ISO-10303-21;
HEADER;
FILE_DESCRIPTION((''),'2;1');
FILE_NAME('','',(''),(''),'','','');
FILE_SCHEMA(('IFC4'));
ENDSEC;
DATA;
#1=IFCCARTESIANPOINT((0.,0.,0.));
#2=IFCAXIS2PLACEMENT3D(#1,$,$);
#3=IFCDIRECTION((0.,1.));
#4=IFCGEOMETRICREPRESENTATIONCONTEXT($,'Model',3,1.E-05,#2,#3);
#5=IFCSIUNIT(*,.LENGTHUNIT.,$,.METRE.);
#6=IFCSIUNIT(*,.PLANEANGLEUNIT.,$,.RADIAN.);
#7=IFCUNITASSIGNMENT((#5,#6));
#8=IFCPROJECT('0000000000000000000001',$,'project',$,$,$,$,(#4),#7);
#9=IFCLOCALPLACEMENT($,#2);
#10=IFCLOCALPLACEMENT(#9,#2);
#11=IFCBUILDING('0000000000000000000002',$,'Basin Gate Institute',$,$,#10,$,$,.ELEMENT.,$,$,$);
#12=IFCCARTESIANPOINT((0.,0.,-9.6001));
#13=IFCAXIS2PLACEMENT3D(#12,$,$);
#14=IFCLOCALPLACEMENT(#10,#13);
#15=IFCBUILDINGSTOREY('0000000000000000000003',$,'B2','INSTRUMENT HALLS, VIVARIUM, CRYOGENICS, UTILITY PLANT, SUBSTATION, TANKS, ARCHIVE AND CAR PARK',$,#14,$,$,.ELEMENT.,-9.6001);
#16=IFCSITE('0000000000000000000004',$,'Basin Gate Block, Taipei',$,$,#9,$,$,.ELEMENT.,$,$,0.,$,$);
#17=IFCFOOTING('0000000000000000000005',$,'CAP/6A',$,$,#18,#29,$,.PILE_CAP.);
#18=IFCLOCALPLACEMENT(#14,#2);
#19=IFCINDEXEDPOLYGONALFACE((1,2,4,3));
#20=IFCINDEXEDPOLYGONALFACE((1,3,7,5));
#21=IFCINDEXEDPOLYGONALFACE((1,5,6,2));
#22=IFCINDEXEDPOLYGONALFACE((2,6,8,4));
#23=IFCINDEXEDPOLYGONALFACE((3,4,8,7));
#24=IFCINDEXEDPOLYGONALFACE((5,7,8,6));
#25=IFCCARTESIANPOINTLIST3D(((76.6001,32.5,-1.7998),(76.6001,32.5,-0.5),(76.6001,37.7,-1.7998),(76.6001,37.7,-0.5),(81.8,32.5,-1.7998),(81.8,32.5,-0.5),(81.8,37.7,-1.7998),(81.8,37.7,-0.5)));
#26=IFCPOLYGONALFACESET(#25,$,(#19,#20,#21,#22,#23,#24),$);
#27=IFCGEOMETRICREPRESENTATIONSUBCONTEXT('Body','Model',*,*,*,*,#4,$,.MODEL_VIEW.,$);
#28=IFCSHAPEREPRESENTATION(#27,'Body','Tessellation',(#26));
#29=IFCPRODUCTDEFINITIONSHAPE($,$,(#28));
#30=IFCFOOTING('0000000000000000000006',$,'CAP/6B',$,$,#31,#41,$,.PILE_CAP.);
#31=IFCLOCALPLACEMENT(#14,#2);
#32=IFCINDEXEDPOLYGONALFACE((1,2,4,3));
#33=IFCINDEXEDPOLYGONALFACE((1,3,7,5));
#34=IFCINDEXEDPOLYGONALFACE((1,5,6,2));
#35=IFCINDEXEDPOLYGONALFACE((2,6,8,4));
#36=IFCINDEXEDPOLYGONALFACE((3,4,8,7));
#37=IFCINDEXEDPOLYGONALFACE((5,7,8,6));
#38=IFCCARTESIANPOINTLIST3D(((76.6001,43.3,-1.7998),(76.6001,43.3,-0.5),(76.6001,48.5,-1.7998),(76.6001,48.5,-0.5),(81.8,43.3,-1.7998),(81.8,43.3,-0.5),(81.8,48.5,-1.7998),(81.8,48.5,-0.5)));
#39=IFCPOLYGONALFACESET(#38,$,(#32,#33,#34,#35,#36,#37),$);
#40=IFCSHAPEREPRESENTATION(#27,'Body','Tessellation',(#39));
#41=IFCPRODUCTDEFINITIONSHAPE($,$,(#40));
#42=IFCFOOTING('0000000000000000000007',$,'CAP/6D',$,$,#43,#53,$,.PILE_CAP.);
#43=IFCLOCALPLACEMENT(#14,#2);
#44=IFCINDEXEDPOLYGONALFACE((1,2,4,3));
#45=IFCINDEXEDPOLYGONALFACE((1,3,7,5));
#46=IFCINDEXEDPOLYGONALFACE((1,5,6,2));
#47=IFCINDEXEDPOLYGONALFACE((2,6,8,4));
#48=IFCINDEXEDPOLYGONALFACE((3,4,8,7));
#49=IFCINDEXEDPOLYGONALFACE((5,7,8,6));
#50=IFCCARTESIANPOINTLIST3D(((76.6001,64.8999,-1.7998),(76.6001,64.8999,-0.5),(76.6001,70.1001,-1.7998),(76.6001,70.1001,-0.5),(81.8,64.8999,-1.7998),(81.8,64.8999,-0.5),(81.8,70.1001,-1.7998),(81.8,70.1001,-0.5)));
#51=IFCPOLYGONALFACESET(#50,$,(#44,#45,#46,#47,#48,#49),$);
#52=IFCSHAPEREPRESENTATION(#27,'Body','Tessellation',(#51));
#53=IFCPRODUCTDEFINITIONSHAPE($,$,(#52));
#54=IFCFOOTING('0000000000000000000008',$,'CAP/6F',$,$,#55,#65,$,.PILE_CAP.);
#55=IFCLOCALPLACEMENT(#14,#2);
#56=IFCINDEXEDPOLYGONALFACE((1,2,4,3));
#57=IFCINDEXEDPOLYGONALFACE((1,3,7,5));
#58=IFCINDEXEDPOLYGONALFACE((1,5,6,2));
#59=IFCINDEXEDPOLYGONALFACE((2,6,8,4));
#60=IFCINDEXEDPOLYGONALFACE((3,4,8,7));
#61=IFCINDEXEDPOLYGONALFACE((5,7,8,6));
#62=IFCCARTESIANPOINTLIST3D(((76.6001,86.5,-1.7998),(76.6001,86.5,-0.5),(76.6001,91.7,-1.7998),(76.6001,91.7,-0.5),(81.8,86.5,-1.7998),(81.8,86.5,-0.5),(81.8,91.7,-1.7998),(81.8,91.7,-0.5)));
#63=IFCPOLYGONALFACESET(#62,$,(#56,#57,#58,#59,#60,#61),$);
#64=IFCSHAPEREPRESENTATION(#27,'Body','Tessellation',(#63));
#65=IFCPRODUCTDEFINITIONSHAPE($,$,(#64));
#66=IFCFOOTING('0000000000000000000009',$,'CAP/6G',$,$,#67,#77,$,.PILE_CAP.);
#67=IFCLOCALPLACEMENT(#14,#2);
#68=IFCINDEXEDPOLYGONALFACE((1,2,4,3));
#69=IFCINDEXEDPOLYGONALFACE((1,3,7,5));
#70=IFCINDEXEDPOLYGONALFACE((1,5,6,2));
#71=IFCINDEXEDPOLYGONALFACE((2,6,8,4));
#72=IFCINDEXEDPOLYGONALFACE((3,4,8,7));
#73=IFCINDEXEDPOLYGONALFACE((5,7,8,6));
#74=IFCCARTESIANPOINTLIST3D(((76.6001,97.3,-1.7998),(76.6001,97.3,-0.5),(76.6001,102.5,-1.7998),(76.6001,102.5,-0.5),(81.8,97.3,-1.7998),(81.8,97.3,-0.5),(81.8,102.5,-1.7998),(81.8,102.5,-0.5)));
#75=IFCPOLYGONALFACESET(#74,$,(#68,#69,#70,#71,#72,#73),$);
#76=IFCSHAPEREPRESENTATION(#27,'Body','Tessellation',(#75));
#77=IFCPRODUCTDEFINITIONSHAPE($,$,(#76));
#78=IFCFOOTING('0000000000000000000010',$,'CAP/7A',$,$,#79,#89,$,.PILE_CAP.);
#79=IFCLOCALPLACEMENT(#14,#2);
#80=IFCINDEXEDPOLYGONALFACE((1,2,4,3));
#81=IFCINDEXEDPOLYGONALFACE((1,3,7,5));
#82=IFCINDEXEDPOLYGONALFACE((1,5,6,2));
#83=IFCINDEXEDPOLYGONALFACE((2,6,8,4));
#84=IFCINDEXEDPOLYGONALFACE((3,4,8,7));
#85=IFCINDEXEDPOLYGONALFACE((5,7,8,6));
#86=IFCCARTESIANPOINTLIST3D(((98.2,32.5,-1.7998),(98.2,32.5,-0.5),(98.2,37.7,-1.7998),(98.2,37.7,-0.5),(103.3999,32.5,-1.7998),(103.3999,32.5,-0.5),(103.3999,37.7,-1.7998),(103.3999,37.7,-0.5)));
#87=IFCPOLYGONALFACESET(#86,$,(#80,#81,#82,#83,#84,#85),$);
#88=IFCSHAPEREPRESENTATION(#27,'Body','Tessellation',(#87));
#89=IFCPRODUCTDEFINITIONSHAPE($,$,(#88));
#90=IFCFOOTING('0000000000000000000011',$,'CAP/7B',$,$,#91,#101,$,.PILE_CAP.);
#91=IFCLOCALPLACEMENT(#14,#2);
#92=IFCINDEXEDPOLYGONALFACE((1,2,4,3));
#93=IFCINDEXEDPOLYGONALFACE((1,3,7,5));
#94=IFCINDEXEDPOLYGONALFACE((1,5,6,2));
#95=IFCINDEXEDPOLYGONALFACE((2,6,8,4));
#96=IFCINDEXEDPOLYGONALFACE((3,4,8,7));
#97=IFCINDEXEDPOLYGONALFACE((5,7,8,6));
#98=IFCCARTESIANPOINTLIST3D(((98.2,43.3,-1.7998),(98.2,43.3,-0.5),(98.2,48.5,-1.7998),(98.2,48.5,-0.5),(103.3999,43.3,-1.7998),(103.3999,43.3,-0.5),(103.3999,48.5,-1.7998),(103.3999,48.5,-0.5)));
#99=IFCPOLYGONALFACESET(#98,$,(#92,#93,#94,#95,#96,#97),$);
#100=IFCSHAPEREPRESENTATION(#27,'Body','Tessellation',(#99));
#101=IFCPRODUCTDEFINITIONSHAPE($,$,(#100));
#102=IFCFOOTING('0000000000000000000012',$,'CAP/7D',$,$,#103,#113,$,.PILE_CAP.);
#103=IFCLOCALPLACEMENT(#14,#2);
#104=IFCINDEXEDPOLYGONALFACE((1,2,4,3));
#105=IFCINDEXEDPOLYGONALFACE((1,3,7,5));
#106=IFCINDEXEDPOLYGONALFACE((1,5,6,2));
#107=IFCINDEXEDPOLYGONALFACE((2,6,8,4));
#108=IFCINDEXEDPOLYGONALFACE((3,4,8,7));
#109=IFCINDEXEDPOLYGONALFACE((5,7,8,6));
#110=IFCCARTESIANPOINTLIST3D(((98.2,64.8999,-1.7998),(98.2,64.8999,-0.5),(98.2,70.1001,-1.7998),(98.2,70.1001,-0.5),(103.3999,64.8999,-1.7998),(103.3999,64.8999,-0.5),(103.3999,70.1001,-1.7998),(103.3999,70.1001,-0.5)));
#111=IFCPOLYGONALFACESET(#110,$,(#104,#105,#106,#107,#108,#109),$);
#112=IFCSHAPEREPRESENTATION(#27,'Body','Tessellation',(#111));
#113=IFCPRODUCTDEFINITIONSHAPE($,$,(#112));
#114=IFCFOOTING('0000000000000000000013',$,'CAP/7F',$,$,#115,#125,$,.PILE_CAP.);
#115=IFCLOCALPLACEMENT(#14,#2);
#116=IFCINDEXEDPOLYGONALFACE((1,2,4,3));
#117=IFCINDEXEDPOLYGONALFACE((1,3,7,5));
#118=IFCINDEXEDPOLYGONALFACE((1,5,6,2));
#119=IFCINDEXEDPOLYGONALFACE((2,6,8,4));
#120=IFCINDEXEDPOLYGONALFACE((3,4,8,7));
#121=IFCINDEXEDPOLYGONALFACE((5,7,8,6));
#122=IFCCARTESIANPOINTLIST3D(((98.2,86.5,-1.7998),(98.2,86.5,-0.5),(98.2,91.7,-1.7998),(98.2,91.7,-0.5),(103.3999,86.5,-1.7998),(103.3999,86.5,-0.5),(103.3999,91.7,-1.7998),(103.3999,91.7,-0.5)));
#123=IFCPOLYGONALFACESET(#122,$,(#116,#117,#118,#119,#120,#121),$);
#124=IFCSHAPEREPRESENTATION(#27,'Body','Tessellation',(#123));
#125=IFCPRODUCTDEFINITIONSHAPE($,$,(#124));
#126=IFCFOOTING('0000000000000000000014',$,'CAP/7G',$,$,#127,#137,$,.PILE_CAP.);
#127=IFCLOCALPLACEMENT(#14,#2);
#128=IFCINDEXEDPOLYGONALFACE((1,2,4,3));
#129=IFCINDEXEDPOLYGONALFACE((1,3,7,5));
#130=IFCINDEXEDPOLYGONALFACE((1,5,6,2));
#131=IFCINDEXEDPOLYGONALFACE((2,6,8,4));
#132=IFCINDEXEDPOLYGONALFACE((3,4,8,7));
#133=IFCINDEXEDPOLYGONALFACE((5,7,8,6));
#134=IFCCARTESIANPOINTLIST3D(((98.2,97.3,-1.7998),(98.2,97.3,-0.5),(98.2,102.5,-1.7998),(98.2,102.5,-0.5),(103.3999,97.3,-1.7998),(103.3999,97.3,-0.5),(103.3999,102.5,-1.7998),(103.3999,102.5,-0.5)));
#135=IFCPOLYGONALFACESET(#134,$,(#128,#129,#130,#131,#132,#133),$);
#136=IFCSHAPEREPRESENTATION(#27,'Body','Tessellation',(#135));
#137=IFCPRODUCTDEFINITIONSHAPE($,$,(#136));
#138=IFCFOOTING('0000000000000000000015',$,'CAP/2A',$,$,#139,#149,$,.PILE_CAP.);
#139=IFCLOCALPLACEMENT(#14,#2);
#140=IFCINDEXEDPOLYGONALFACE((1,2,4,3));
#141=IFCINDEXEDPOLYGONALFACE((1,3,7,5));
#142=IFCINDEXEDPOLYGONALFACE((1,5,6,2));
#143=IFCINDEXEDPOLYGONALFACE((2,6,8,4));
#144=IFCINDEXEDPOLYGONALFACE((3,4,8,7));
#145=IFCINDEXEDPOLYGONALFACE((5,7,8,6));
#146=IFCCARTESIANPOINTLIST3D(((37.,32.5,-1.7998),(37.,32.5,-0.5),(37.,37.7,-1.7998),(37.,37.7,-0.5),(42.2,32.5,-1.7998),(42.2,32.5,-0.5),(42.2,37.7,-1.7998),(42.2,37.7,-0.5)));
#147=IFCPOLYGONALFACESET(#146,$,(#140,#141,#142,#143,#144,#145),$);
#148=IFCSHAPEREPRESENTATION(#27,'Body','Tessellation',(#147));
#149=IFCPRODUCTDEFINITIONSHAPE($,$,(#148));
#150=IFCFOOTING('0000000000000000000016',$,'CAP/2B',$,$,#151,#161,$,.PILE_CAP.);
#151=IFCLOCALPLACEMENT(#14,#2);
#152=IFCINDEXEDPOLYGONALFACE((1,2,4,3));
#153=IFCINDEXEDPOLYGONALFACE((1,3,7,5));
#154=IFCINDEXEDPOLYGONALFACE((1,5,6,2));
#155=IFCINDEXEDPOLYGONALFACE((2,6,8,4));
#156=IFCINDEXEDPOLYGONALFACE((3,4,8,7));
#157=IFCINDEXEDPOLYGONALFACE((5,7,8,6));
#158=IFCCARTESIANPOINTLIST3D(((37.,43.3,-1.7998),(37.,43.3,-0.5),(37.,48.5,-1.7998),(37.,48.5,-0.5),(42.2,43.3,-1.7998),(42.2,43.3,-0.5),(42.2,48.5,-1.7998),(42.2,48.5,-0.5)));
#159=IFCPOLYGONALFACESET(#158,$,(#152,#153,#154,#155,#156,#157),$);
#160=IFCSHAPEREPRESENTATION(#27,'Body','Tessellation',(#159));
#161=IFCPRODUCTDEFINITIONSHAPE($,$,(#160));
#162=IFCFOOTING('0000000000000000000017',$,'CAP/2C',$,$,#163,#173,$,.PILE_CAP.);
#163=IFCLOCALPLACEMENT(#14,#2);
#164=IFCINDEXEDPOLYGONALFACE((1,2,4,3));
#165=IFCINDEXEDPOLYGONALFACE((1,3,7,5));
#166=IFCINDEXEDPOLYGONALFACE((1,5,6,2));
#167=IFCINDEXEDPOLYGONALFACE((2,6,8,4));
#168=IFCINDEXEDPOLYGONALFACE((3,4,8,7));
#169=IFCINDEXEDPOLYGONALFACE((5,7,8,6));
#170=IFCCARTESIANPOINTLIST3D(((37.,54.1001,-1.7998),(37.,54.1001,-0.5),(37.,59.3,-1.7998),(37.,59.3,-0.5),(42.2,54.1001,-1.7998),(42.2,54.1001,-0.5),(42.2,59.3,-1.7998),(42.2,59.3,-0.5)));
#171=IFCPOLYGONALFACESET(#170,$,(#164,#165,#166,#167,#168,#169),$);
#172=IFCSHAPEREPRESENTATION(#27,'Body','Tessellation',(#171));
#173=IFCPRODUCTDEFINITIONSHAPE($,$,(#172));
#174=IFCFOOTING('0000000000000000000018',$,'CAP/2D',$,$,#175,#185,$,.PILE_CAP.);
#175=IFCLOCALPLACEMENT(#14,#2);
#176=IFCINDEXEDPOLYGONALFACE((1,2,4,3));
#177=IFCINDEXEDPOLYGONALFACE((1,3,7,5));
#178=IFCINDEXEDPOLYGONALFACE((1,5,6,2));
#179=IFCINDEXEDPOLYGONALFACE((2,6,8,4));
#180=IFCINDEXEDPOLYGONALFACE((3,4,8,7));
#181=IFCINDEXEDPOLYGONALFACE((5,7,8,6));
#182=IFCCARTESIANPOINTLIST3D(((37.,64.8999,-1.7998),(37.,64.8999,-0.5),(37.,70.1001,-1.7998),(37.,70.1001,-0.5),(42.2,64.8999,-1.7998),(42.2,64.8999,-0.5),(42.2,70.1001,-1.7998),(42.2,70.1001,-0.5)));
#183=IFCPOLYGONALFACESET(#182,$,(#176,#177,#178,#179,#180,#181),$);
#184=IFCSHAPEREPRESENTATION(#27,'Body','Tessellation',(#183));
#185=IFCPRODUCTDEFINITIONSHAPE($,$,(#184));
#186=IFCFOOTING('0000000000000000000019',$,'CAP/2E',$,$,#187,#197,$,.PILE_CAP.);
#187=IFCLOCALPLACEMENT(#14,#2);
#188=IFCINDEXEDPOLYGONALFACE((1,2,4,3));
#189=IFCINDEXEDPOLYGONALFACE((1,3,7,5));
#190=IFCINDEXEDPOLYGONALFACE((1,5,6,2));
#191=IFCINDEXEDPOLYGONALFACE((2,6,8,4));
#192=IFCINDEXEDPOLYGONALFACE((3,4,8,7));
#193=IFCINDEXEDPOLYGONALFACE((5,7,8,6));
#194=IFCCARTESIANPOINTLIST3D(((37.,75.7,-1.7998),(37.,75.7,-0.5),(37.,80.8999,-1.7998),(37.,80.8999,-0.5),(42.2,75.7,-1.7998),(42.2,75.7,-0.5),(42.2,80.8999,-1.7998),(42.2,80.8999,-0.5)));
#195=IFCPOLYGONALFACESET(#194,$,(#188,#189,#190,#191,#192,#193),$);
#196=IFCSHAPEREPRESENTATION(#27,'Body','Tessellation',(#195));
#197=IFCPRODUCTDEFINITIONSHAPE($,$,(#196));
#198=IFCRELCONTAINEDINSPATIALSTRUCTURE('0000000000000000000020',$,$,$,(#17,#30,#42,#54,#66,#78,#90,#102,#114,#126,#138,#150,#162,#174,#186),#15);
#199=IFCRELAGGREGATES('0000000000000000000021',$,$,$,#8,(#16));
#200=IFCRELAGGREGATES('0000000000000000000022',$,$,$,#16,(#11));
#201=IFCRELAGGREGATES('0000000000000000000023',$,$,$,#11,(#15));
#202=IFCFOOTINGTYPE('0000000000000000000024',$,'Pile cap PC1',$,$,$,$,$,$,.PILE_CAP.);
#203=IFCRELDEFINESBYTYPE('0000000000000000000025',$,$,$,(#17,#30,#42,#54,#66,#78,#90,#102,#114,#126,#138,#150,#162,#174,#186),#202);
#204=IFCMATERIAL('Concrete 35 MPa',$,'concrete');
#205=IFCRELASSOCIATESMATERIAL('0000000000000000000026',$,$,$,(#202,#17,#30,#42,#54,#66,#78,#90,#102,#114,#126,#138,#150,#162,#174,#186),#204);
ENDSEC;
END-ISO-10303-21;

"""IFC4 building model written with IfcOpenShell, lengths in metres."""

from ifc_helpers import new_model, si_unit, direction, frame, origin, place, context, subcontext, project, spatial, polyline, outline, extrude, material, type_object, element, save


model = new_model("IFC4")

# Units and contexts
model_context = context("Model", 3, precision=1e-05, world=origin(), true_north=direction((0.0, 1.0)))
body_context = subcontext(model_context, "Body", "Model", "MODEL_VIEW")
ifc_project = project(units=[si_unit("LENGTHUNIT", "METRE"), si_unit("PLANEANGLEUNIT", "RADIAN")], contexts=[model_context])

# Site, building, storey
site_placement = place(None, origin())
site = spatial("IfcSite", under=ifc_project, at=site_placement, Name="Basin Gate Block, Taipei", CompositionType="ELEMENT", RefElevation=0.0)
building_placement = place(site_placement, origin())
building = spatial("IfcBuilding", under=site, at=building_placement, Name="Basin Gate Institute", CompositionType="ELEMENT")
storey_placement = place(building_placement, frame((0.0, 0.0, -9.6001)))
storey = spatial("IfcBuildingStorey", under=building, at=storey_placement, Name="B2", Description="INSTRUMENT HALLS, VIVARIUM, CRYOGENICS, UTILITY PLANT, SUBSTATION, TANKS, ARCHIVE AND CAR PARK", CompositionType="ELEMENT", Elevation=-9.6001)

# Footings
ifc_material_1 = material(Name="Concrete 35 MPa", Category="concrete")
footing_type_1 = type_object("IfcFootingType", Name="Pile cap PC1", PredefinedType="PILE_CAP", material=ifc_material_1)
footing_1_placement = place(storey_placement, frame((0.0, 0.0, -1.7998)))
element("IfcFooting", 1, at=footing_1_placement, inside=storey, type_object=footing_type_1, material=ifc_material_1, Name="CAP/6A", PredefinedType="PILE_CAP", context=body_context, shape_type="SweptSolid", body=[
    extrude(outline(polyline([(76.6001, 32.5), (81.8, 32.5), (81.8, 37.7), (76.6001, 37.7), (76.6001, 32.5)])), origin(), (0.0, 0.0, 1.0), 1.2998),
])
footing_2_placement = place(storey_placement, frame((0.0, 0.0, -1.7998)))
element("IfcFooting", 2, at=footing_2_placement, inside=storey, type_object=footing_type_1, material=ifc_material_1, Name="CAP/6B", PredefinedType="PILE_CAP", context=body_context, shape_type="SweptSolid", body=[
    extrude(outline(polyline([(76.6001, 43.3), (81.8, 43.3), (81.8, 48.5), (76.6001, 48.5), (76.6001, 43.3)])), origin(), (0.0, 0.0, 1.0), 1.2998),
])
footing_3_placement = place(storey_placement, frame((0.0, 0.0, -1.7998)))
element("IfcFooting", 3, at=footing_3_placement, inside=storey, type_object=footing_type_1, material=ifc_material_1, Name="CAP/6D", PredefinedType="PILE_CAP", context=body_context, shape_type="SweptSolid", body=[
    extrude(outline(polyline([(76.6001, 64.8999), (81.8, 64.8999), (81.8, 70.1001), (76.6001, 70.1001), (76.6001, 64.8999)])), origin(), (0.0, 0.0, 1.0), 1.2998),
])
footing_4_placement = place(storey_placement, frame((0.0, 0.0, -1.7998)))
element("IfcFooting", 4, at=footing_4_placement, inside=storey, type_object=footing_type_1, material=ifc_material_1, Name="CAP/6F", PredefinedType="PILE_CAP", context=body_context, shape_type="SweptSolid", body=[
    extrude(outline(polyline([(76.6001, 86.5), (81.8, 86.5), (81.8, 91.7), (76.6001, 91.7), (76.6001, 86.5)])), origin(), (0.0, 0.0, 1.0), 1.2998),
])
footing_5_placement = place(storey_placement, frame((0.0, 0.0, -1.7998)))
element("IfcFooting", 5, at=footing_5_placement, inside=storey, type_object=footing_type_1, material=ifc_material_1, Name="CAP/6G", PredefinedType="PILE_CAP", context=body_context, shape_type="SweptSolid", body=[
    extrude(outline(polyline([(76.6001, 97.3), (81.8, 97.3), (81.8, 102.5), (76.6001, 102.5), (76.6001, 97.3)])), origin(), (0.0, 0.0, 1.0), 1.2998),
])
footing_6_placement = place(storey_placement, frame((0.0, 0.0, -1.7998)))
element("IfcFooting", 6, at=footing_6_placement, inside=storey, type_object=footing_type_1, material=ifc_material_1, Name="CAP/7A", PredefinedType="PILE_CAP", context=body_context, shape_type="SweptSolid", body=[
    extrude(outline(polyline([(98.2, 32.5), (103.3999, 32.5), (103.3999, 37.7), (98.2, 37.7), (98.2, 32.5)])), origin(), (0.0, 0.0, 1.0), 1.2998),
])
footing_7_placement = place(storey_placement, frame((0.0, 0.0, -1.7998)))
element("IfcFooting", 7, at=footing_7_placement, inside=storey, type_object=footing_type_1, material=ifc_material_1, Name="CAP/7B", PredefinedType="PILE_CAP", context=body_context, shape_type="SweptSolid", body=[
    extrude(outline(polyline([(98.2, 43.3), (103.3999, 43.3), (103.3999, 48.5), (98.2, 48.5), (98.2, 43.3)])), origin(), (0.0, 0.0, 1.0), 1.2998),
])
footing_8_placement = place(storey_placement, frame((0.0, 0.0, -1.7998)))
element("IfcFooting", 8, at=footing_8_placement, inside=storey, type_object=footing_type_1, material=ifc_material_1, Name="CAP/7D", PredefinedType="PILE_CAP", context=body_context, shape_type="SweptSolid", body=[
    extrude(outline(polyline([(98.2, 64.8999), (103.3999, 64.8999), (103.3999, 70.1001), (98.2, 70.1001), (98.2, 64.8999)])), origin(), (0.0, 0.0, 1.0), 1.2998),
])
footing_9_placement = place(storey_placement, frame((0.0, 0.0, -1.7998)))
element("IfcFooting", 9, at=footing_9_placement, inside=storey, type_object=footing_type_1, material=ifc_material_1, Name="CAP/7F", PredefinedType="PILE_CAP", context=body_context, shape_type="SweptSolid", body=[
    extrude(outline(polyline([(98.2, 86.5), (103.3999, 86.5), (103.3999, 91.7), (98.2, 91.7), (98.2, 86.5)])), origin(), (0.0, 0.0, 1.0), 1.2998),
])
footing_10_placement = place(storey_placement, frame((0.0, 0.0, -1.7998)))
element("IfcFooting", 10, at=footing_10_placement, inside=storey, type_object=footing_type_1, material=ifc_material_1, Name="CAP/7G", PredefinedType="PILE_CAP", context=body_context, shape_type="SweptSolid", body=[
    extrude(outline(polyline([(98.2, 97.3), (103.3999, 97.3), (103.3999, 102.5), (98.2, 102.5), (98.2, 97.3)])), origin(), (0.0, 0.0, 1.0), 1.2998),
])
footing_11_placement = place(storey_placement, frame((0.0, 0.0, -1.7998)))
element("IfcFooting", 11, at=footing_11_placement, inside=storey, type_object=footing_type_1, material=ifc_material_1, Name="CAP/2A", PredefinedType="PILE_CAP", context=body_context, shape_type="SweptSolid", body=[
    extrude(outline(polyline([(37.0, 32.5), (42.2, 32.5), (42.2, 37.7), (37.0, 37.7), (37.0, 32.5)])), origin(), (0.0, 0.0, 1.0), 1.2998),
])
footing_12_placement = place(storey_placement, frame((0.0, 0.0, -1.7998)))
element("IfcFooting", 12, at=footing_12_placement, inside=storey, type_object=footing_type_1, material=ifc_material_1, Name="CAP/2B", PredefinedType="PILE_CAP", context=body_context, shape_type="SweptSolid", body=[
    extrude(outline(polyline([(37.0, 43.3), (42.2, 43.3), (42.2, 48.5), (37.0, 48.5), (37.0, 43.3)])), origin(), (0.0, 0.0, 1.0), 1.2998),
])
footing_13_placement = place(storey_placement, frame((0.0, 0.0, -1.7998)))
element("IfcFooting", 13, at=footing_13_placement, inside=storey, type_object=footing_type_1, material=ifc_material_1, Name="CAP/2C", PredefinedType="PILE_CAP", context=body_context, shape_type="SweptSolid", body=[
    extrude(outline(polyline([(37.0, 54.1001), (42.2, 54.1001), (42.2, 59.3), (37.0, 59.3), (37.0, 54.1001)])), origin(), (0.0, 0.0, 1.0), 1.2998),
])
footing_14_placement = place(storey_placement, frame((0.0, 0.0, -1.7998)))
element("IfcFooting", 14, at=footing_14_placement, inside=storey, type_object=footing_type_1, material=ifc_material_1, Name="CAP/2D", PredefinedType="PILE_CAP", context=body_context, shape_type="SweptSolid", body=[
    extrude(outline(polyline([(37.0, 64.8999), (42.2, 64.8999), (42.2, 70.1001), (37.0, 70.1001), (37.0, 64.8999)])), origin(), (0.0, 0.0, 1.0), 1.2998),
])
footing_15_placement = place(storey_placement, frame((0.0, 0.0, -1.7998)))
element("IfcFooting", 15, at=footing_15_placement, inside=storey, type_object=footing_type_1, material=ifc_material_1, Name="CAP/2E", PredefinedType="PILE_CAP", context=body_context, shape_type="SweptSolid", body=[
    extrude(outline(polyline([(37.0, 75.7), (42.2, 75.7), (42.2, 80.8999), (37.0, 80.8999), (37.0, 75.7)])), origin(), (0.0, 0.0, 1.0), 1.2998),
])

save(model, "model.ifc")
